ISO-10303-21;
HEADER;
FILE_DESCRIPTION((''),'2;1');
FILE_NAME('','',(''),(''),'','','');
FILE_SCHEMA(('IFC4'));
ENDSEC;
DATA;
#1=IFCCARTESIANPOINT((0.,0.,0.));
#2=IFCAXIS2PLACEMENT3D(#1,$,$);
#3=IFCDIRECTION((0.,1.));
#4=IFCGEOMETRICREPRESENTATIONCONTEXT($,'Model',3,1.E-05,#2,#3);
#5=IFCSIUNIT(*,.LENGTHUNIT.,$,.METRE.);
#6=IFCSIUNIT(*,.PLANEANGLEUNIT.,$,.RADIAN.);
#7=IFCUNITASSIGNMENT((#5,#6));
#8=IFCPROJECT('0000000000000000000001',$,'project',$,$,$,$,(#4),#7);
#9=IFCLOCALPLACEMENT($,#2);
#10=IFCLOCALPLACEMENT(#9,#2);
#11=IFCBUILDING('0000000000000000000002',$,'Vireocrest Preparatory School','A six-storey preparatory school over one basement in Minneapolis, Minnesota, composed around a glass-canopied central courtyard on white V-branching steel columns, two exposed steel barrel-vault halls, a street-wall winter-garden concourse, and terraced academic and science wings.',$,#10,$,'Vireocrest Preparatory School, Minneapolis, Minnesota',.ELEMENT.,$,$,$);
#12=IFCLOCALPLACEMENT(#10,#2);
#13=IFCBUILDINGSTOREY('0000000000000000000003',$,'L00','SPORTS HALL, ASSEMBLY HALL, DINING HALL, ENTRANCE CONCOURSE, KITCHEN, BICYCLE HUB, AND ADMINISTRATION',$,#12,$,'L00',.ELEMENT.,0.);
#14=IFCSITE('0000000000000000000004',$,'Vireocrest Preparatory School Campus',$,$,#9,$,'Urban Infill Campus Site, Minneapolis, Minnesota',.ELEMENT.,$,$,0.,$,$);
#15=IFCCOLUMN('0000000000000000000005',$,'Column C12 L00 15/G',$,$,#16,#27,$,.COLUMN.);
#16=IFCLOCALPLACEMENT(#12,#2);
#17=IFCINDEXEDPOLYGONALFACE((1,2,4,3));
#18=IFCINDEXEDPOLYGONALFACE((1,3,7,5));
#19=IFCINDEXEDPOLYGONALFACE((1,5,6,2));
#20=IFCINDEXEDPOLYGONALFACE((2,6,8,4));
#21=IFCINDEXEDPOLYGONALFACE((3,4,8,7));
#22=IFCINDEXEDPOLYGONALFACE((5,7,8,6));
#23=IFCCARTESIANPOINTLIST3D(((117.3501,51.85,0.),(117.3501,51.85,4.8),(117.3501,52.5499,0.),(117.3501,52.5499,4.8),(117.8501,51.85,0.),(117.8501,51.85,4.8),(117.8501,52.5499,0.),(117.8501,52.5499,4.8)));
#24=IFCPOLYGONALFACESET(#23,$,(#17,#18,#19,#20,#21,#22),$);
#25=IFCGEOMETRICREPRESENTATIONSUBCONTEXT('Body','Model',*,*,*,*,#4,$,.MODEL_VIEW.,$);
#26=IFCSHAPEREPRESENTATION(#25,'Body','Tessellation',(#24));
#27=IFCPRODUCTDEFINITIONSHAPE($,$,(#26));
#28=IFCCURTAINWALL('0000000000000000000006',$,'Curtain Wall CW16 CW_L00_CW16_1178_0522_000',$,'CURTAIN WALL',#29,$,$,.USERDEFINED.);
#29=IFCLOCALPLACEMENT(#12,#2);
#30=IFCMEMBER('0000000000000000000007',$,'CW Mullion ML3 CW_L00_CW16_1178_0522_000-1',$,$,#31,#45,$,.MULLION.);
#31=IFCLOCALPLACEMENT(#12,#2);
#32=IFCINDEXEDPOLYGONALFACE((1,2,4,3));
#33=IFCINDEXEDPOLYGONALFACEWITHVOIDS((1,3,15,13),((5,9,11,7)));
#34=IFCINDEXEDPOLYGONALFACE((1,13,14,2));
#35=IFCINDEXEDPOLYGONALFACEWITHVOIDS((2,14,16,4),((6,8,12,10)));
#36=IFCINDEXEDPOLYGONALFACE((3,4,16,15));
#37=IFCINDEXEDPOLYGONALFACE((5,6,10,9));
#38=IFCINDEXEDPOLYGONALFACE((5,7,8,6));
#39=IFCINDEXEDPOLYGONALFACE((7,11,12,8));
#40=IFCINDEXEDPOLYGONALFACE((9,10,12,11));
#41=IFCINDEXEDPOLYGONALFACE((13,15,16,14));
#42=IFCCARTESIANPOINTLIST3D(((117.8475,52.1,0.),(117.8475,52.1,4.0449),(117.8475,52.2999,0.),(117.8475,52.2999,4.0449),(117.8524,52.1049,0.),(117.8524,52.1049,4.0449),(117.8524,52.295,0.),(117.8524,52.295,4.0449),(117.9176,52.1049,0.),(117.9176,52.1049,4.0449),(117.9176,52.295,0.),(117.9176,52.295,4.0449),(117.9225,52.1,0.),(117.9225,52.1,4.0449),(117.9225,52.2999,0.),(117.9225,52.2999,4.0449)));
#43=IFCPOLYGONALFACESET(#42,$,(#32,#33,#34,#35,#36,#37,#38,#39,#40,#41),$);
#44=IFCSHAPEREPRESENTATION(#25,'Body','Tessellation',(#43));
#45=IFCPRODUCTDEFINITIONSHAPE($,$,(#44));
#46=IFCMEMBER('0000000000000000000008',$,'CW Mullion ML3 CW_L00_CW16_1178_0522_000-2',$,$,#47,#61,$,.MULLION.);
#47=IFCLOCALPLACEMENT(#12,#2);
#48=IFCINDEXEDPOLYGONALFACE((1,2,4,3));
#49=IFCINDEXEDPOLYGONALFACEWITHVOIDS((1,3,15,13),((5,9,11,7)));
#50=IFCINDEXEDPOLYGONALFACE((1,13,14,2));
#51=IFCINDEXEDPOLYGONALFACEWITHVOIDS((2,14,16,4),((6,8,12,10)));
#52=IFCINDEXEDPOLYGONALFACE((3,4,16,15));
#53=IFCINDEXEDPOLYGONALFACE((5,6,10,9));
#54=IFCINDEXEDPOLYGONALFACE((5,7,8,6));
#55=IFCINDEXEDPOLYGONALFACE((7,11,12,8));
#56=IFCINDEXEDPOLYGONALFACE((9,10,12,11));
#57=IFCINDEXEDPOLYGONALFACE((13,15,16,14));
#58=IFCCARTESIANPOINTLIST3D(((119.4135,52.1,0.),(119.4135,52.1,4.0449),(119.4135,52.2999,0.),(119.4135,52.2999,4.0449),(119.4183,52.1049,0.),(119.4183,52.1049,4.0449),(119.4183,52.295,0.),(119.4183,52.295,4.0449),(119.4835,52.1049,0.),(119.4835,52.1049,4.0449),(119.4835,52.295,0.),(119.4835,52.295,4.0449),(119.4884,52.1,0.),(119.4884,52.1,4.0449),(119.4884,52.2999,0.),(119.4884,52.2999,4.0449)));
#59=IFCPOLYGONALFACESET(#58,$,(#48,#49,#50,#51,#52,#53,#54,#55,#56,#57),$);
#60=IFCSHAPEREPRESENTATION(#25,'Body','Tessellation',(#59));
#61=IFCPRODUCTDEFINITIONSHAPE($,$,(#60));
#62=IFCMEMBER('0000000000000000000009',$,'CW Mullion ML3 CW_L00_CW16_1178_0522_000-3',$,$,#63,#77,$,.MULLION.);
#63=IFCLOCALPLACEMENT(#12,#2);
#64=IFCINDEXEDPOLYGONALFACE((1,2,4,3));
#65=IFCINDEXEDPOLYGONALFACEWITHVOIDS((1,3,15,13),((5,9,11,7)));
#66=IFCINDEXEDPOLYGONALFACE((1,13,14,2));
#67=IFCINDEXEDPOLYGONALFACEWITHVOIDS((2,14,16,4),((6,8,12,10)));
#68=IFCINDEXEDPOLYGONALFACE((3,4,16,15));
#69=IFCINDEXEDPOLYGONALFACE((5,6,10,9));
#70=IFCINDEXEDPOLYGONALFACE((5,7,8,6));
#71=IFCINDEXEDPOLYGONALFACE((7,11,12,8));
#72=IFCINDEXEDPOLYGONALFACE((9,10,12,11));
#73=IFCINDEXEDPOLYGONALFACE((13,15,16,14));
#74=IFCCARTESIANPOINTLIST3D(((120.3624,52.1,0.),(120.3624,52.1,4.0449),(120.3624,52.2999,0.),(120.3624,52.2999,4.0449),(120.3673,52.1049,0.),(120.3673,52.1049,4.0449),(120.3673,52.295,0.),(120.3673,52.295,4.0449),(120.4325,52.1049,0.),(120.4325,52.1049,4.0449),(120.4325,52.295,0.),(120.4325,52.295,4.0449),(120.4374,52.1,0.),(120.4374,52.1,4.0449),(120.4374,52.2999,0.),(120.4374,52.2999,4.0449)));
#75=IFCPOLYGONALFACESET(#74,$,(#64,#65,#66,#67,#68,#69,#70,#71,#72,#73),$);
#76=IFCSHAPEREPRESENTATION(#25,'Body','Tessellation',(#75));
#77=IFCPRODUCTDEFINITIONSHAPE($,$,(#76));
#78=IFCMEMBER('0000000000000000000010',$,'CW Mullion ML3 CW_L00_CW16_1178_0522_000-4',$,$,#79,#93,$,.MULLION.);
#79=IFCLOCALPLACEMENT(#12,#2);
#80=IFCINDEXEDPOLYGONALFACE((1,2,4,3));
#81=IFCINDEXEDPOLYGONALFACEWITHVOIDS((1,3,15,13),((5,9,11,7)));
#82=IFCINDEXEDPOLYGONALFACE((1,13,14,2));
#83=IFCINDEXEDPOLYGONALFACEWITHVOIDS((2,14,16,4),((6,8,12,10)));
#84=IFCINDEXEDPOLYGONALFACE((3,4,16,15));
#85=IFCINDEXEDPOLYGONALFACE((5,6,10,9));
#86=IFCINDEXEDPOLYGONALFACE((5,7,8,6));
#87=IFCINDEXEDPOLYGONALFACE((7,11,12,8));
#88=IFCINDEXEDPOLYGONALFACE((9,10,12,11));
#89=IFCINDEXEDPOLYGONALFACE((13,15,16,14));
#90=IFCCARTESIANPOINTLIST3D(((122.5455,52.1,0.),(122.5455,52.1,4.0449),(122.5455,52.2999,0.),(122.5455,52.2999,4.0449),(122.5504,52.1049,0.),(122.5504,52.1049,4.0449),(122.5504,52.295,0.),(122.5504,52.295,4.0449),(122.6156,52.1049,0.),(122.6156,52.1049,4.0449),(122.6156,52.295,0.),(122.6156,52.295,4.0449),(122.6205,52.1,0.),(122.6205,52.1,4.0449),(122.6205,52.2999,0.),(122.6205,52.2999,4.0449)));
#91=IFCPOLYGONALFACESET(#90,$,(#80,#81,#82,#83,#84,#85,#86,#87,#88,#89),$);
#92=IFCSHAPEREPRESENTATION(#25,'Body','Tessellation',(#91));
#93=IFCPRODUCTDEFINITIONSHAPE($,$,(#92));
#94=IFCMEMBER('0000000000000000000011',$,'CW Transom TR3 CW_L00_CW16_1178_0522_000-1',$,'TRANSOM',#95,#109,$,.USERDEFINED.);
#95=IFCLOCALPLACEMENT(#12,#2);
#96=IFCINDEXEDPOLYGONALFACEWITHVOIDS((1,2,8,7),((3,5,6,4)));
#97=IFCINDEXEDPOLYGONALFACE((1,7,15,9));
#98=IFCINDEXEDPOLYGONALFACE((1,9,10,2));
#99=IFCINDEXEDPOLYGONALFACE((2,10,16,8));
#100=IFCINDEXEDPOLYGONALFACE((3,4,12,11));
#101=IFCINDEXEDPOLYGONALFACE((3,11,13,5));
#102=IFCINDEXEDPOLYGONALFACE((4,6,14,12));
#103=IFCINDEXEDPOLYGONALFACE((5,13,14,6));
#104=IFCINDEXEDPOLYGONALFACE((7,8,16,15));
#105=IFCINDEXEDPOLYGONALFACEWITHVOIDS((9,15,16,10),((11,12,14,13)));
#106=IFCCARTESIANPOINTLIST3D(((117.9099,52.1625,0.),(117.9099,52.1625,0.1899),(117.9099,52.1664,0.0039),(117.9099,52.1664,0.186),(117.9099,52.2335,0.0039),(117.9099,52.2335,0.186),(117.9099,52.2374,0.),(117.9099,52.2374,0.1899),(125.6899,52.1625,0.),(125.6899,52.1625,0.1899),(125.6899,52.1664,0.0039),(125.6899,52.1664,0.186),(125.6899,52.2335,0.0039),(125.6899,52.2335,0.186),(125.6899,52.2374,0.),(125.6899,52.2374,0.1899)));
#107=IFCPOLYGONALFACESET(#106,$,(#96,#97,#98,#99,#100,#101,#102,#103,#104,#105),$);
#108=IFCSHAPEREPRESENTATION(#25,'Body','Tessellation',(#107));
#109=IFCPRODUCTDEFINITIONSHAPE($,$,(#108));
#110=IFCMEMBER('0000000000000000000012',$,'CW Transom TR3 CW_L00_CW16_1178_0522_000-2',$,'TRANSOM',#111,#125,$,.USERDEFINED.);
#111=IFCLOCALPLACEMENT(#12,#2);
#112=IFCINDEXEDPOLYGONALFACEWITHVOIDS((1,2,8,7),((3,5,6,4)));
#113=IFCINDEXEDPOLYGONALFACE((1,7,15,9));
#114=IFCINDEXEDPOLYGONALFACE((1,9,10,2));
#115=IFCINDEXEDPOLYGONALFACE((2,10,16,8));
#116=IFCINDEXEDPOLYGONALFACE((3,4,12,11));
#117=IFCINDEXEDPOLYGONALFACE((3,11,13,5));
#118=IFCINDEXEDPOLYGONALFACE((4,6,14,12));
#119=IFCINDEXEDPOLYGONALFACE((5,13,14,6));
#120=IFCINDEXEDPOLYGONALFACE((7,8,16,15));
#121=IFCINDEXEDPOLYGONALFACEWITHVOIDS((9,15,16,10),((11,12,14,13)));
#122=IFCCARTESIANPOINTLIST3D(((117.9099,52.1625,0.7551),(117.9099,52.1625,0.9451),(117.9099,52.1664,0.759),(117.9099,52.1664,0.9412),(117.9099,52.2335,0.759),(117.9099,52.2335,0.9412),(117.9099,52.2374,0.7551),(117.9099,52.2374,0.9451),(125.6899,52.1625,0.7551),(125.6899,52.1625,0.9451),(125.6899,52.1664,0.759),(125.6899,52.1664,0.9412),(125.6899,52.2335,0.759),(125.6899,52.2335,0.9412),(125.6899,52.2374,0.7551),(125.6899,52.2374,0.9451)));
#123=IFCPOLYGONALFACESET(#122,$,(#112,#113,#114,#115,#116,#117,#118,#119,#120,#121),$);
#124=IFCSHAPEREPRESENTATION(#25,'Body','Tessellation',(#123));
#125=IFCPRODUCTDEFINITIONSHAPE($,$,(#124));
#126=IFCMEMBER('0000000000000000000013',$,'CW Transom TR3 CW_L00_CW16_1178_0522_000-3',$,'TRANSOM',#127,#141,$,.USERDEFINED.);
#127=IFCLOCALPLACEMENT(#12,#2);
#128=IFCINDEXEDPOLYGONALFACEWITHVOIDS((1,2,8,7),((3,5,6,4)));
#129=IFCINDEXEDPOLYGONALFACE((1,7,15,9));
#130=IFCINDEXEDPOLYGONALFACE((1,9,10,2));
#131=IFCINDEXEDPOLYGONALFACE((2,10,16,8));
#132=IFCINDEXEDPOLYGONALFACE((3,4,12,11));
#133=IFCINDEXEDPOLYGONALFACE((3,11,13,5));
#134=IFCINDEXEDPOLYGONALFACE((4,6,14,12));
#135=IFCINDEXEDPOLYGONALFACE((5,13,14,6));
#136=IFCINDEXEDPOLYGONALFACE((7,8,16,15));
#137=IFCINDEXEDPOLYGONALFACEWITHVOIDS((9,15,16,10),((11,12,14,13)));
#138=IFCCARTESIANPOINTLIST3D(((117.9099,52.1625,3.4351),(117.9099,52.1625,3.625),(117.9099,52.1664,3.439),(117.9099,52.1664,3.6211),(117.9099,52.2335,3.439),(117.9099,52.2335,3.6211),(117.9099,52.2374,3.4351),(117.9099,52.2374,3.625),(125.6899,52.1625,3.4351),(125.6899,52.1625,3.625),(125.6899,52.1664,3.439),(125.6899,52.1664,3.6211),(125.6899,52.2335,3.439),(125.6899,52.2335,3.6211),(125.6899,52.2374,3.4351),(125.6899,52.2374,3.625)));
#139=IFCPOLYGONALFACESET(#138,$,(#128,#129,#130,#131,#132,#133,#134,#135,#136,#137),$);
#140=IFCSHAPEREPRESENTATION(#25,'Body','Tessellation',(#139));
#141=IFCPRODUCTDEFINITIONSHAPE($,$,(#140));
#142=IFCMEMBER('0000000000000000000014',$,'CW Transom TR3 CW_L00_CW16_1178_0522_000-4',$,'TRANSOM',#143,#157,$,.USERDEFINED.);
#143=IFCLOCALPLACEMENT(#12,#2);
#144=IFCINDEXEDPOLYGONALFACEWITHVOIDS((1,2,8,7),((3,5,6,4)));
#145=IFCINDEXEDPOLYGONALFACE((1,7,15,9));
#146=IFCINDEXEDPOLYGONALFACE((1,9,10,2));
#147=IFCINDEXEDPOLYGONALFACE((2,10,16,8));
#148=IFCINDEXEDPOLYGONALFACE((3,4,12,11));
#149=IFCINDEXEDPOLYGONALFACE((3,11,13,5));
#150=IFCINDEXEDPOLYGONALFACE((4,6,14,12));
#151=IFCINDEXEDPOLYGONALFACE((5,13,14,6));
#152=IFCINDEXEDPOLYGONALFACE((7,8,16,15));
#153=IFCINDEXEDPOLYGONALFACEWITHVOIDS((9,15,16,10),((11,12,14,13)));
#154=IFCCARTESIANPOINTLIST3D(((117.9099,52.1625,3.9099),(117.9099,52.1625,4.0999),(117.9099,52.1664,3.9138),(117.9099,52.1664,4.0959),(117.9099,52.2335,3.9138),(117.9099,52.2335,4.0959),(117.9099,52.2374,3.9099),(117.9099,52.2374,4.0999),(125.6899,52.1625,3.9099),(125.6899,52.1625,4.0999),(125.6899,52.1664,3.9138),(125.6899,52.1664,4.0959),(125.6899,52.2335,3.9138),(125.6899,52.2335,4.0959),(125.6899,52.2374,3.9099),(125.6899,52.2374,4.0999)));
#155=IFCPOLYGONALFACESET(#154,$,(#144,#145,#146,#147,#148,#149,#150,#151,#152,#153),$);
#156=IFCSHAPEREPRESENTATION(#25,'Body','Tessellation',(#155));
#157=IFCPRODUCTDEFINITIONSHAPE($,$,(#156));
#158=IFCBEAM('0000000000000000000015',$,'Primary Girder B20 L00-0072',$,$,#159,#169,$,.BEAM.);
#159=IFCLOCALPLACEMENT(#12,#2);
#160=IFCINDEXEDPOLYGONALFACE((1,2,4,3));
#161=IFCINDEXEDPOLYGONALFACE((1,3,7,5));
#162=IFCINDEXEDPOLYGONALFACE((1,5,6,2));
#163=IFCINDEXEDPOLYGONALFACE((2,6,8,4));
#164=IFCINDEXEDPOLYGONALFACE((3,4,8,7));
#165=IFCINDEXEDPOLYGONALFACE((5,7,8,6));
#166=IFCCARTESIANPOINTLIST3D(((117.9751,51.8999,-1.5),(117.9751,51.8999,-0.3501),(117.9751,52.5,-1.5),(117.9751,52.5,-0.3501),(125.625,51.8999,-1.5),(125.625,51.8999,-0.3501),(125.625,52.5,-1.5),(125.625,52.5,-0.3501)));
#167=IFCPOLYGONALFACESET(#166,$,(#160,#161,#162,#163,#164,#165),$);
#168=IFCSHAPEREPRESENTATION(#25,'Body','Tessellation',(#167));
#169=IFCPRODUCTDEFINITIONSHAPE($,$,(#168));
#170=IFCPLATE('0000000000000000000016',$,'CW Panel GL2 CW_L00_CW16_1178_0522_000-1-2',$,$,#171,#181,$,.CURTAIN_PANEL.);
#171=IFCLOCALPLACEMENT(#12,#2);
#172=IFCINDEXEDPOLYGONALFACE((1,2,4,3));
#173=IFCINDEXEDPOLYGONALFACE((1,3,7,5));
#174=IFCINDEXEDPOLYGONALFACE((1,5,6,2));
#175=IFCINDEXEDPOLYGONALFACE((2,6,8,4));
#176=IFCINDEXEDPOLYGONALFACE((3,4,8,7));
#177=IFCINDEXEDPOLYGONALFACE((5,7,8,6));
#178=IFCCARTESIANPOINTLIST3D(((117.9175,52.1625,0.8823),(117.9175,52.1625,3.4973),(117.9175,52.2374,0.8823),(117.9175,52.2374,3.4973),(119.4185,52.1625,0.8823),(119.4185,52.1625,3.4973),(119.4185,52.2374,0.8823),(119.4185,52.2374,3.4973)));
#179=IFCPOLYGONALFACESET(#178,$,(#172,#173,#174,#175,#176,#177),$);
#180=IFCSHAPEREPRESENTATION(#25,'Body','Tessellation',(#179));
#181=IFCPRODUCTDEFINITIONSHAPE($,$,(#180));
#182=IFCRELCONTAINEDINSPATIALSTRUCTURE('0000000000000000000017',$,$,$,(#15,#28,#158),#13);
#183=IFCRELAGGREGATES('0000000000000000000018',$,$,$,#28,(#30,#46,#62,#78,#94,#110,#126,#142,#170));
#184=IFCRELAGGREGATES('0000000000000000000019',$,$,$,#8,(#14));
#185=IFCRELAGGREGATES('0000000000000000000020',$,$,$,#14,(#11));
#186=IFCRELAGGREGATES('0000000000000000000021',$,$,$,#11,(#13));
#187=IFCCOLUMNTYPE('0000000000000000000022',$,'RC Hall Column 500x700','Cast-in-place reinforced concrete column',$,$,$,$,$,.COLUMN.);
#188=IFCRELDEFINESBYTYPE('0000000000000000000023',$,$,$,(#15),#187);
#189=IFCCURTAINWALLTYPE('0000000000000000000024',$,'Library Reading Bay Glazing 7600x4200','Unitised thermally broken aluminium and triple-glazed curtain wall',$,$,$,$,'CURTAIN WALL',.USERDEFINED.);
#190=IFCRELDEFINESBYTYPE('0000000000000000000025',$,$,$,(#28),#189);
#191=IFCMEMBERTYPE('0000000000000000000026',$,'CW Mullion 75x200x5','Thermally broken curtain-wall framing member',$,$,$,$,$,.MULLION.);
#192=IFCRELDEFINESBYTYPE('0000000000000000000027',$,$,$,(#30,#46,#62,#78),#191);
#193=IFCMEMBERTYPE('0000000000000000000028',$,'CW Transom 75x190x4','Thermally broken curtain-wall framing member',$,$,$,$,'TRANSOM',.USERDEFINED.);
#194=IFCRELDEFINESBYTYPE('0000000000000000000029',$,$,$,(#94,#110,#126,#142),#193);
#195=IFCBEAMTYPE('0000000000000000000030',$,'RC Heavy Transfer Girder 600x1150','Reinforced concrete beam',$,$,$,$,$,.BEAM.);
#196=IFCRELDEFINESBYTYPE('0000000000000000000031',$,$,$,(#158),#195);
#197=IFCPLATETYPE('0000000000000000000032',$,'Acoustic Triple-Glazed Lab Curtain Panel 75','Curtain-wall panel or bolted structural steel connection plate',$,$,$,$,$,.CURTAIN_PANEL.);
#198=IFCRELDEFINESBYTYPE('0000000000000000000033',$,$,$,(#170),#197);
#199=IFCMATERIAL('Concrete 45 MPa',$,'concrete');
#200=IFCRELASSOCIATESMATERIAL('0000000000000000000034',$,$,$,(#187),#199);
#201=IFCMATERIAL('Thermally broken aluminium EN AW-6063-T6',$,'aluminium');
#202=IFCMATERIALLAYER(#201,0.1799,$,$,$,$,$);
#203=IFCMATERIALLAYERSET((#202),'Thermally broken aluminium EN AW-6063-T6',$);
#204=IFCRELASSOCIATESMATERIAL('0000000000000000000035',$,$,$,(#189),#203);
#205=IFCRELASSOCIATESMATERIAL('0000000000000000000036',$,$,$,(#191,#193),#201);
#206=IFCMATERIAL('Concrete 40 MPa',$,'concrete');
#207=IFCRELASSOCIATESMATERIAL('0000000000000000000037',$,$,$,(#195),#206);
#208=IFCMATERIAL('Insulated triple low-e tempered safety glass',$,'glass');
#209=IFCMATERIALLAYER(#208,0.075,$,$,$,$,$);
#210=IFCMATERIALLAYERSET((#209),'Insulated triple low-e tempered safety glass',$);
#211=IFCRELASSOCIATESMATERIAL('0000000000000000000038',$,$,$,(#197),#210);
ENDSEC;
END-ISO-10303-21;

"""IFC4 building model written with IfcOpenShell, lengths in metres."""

from ifc_helpers import new_model, si_unit, direction, frame, origin, origin_2d, place, context, subcontext, project, spatial, rectangle, hollow_rectangle, extrude, material, layer, layer_set, material_profile, profile_set, type_object, element, aggregate, save


model = new_model("IFC4")

# Units and contexts
model_context = context("Model", 3, precision=1e-05, world=origin(), true_north=direction((0.0, 1.0)))
body_context = subcontext(model_context, "Body", "Model", "MODEL_VIEW")
ifc_project = project(units=[si_unit("LENGTHUNIT", "METRE"), si_unit("PLANEANGLEUNIT", "RADIAN")], contexts=[model_context])

# Site, building, storey
site_placement = place(None, origin())
site = spatial("IfcSite", under=ifc_project, at=site_placement, Name="Vireocrest Preparatory School Campus", LongName="Urban Infill Campus Site, Minneapolis, Minnesota", CompositionType="ELEMENT", RefElevation=0.0)
building_placement = place(site_placement, origin())
building = spatial("IfcBuilding", under=site, at=building_placement, Name="Vireocrest Preparatory School", Description="A six-storey preparatory school over one basement in Minneapolis, Minnesota, composed around a glass-canopied central courtyard on white V-branching steel columns, two exposed steel barrel-vault halls, a street-wall winter-garden concourse, and terraced academic and science wings.", LongName="Vireocrest Preparatory School, Minneapolis, Minnesota", CompositionType="ELEMENT")
storey_placement = place(building_placement, origin())
storey = spatial("IfcBuildingStorey", under=building, at=storey_placement, Name="L00", Description="SPORTS HALL, ASSEMBLY HALL, DINING HALL, ENTRANCE CONCOURSE, KITCHEN, BICYCLE HUB, AND ADMINISTRATION", LongName="L00", CompositionType="ELEMENT", Elevation=0.0)

# Column
ifc_material_1 = material(Name="Concrete 45 MPa", Category="concrete")
ifc_material_profile_1 = material_profile(ifc_material_1, rectangle(XDim=0.5, YDim=0.7, at=origin_2d()), Name="RC 500x700")
ifc_profile_set_1 = profile_set([ifc_material_profile_1], Name="Concrete 45 MPa")
column_type = type_object("IfcColumnType", Name="RC Hall Column 500x700", Description="Cast-in-place reinforced concrete column", PredefinedType="COLUMN", material=ifc_profile_set_1)
column_placement = place(storey_placement, frame((117.6001, 52.2, 0.0), z_axis=(0.0, 0.0, 1.0), x_axis=(1.0, 0.0, 0.0)))
element("IfcColumn", 1, at=column_placement, inside=storey, type_object=column_type, Name="Column C12 L00 15/G", PredefinedType="COLUMN", context=body_context, shape_type="SweptSolid", body=[
    extrude(rectangle(XDim=0.5, YDim=0.7, at=origin_2d()), origin(), (0.0, 0.0, 1.0), 4.8),
])

# Curtain wall, members
ifc_material_2 = material(Name="Thermally broken aluminium EN AW-6063-T6", Category="aluminium")
ifc_layer_1 = layer(ifc_material_2, 0.1799)
ifc_layer_set_1 = layer_set([ifc_layer_1], Name="Thermally broken aluminium EN AW-6063-T6")
curtain_wall_type = type_object("IfcCurtainWallType", Name="Library Reading Bay Glazing 7600x4200", Description="Unitised thermally broken aluminium and triple-glazed curtain wall", ElementType="CURTAIN WALL", PredefinedType="USERDEFINED", material=ifc_layer_set_1)
curtain_wall_placement = place(storey_placement, origin())
curtain_wall = element("IfcCurtainWall", 2, at=curtain_wall_placement, inside=storey, type_object=curtain_wall_type, Name="Curtain Wall CW16 CW_L00_CW16_1178_0522_000", ObjectType="CURTAIN WALL", PredefinedType="USERDEFINED")
ifc_material_profile_2 = material_profile(ifc_material_2, hollow_rectangle(XDim=0.075, YDim=0.2, WallThickness=0.0049, at=origin_2d()), Name="ALU 75x200x5")
ifc_profile_set_2 = profile_set([ifc_material_profile_2], Name="Thermally broken aluminium EN AW-6063-T6")
member_type_1 = type_object("IfcMemberType", Name="CW Mullion 75x200x5", Description="Thermally broken curtain-wall framing member", PredefinedType="MULLION", material=ifc_profile_set_2)
member_1_placement = place(storey_placement, frame((117.885, 52.2, 0.0), z_axis=(0.0, 0.0, 1.0), x_axis=(1.0, 0.0, 0.0)))
member_1 = element("IfcMember", 3, at=member_1_placement, type_object=member_type_1, Name="CW Mullion ML3 CW_L00_CW16_1178_0522_000-1", PredefinedType="MULLION", context=body_context, shape_type="SweptSolid", body=[
    extrude(hollow_rectangle(XDim=0.075, YDim=0.2, WallThickness=0.0049, at=origin_2d()), origin(), (0.0, 0.0, 1.0), 4.0449),
])
member_2_placement = place(storey_placement, frame((119.4509, 52.2, 0.0), z_axis=(0.0, 0.0, 1.0), x_axis=(1.0, 0.0, 0.0)))
member_2 = element("IfcMember", 4, at=member_2_placement, type_object=member_type_1, Name="CW Mullion ML3 CW_L00_CW16_1178_0522_000-2", PredefinedType="MULLION", context=body_context, shape_type="SweptSolid", body=[
    extrude(hollow_rectangle(XDim=0.075, YDim=0.2, WallThickness=0.0049, at=origin_2d()), origin(), (0.0, 0.0, 1.0), 4.0449),
])
member_3_placement = place(storey_placement, frame((120.3999, 52.2, 0.0), z_axis=(0.0, 0.0, 1.0), x_axis=(1.0, 0.0, 0.0)))
member_3 = element("IfcMember", 5, at=member_3_placement, type_object=member_type_1, Name="CW Mullion ML3 CW_L00_CW16_1178_0522_000-3", PredefinedType="MULLION", context=body_context, shape_type="SweptSolid", body=[
    extrude(hollow_rectangle(XDim=0.075, YDim=0.2, WallThickness=0.0049, at=origin_2d()), origin(), (0.0, 0.0, 1.0), 4.0449),
])
member_4_placement = place(storey_placement, frame((122.583, 52.2, 0.0), z_axis=(0.0, 0.0, 1.0), x_axis=(1.0, 0.0, 0.0)))
member_4 = element("IfcMember", 6, at=member_4_placement, type_object=member_type_1, Name="CW Mullion ML3 CW_L00_CW16_1178_0522_000-4", PredefinedType="MULLION", context=body_context, shape_type="SweptSolid", body=[
    extrude(hollow_rectangle(XDim=0.075, YDim=0.2, WallThickness=0.0049, at=origin_2d()), origin(), (0.0, 0.0, 1.0), 4.0449),
])
ifc_material_profile_3 = material_profile(ifc_material_2, hollow_rectangle(XDim=0.075, YDim=0.1899, WallThickness=0.0039, at=origin_2d()), Name="ALU 75x190x4")
ifc_profile_set_3 = profile_set([ifc_material_profile_3], Name="Thermally broken aluminium EN AW-6063-T6")
member_type_2 = type_object("IfcMemberType", Name="CW Transom 75x190x4", Description="Thermally broken curtain-wall framing member", ElementType="TRANSOM", PredefinedType="USERDEFINED", material=ifc_profile_set_3)
member_5_placement = place(storey_placement, frame((117.9099, 52.2, 0.095), z_axis=(1.0, 0.0, 0.0), x_axis=(0.0, 1.0, 0.0)))
member_5 = element("IfcMember", 7, at=member_5_placement, type_object=member_type_2, Name="CW Transom TR3 CW_L00_CW16_1178_0522_000-1", ObjectType="TRANSOM", PredefinedType="USERDEFINED", context=body_context, shape_type="SweptSolid", body=[
    extrude(hollow_rectangle(XDim=0.075, YDim=0.1899, WallThickness=0.0039, at=origin_2d()), origin(), (0.0, 0.0, 1.0), 7.78),
])
member_6_placement = place(storey_placement, frame((117.9099, 52.2, 0.8501), z_axis=(1.0, 0.0, 0.0), x_axis=(0.0, 1.0, 0.0)))
member_6 = element("IfcMember", 8, at=member_6_placement, type_object=member_type_2, Name="CW Transom TR3 CW_L00_CW16_1178_0522_000-2", ObjectType="TRANSOM", PredefinedType="USERDEFINED", context=body_context, shape_type="SweptSolid", body=[
    extrude(hollow_rectangle(XDim=0.075, YDim=0.1899, WallThickness=0.0039, at=origin_2d()), origin(), (0.0, 0.0, 1.0), 7.78),
])
member_7_placement = place(storey_placement, frame((117.9099, 52.2, 3.53), z_axis=(1.0, 0.0, 0.0), x_axis=(0.0, 1.0, 0.0)))
member_7 = element("IfcMember", 9, at=member_7_placement, type_object=member_type_2, Name="CW Transom TR3 CW_L00_CW16_1178_0522_000-3", ObjectType="TRANSOM", PredefinedType="USERDEFINED", context=body_context, shape_type="SweptSolid", body=[
    extrude(hollow_rectangle(XDim=0.075, YDim=0.1899, WallThickness=0.0039, at=origin_2d()), origin(), (0.0, 0.0, 1.0), 7.78),
])
member_8_placement = place(storey_placement, frame((117.9099, 52.2, 4.0049), z_axis=(1.0, 0.0, 0.0), x_axis=(0.0, 1.0, 0.0)))
member_8 = element("IfcMember", 10, at=member_8_placement, type_object=member_type_2, Name="CW Transom TR3 CW_L00_CW16_1178_0522_000-4", ObjectType="TRANSOM", PredefinedType="USERDEFINED", context=body_context, shape_type="SweptSolid", body=[
    extrude(hollow_rectangle(XDim=0.075, YDim=0.1899, WallThickness=0.0039, at=origin_2d()), origin(), (0.0, 0.0, 1.0), 7.78),
])

# Beam
ifc_material_3 = material(Name="Concrete 40 MPa", Category="concrete")
ifc_material_profile_4 = material_profile(ifc_material_3, rectangle(XDim=0.6001, YDim=1.1499, at=origin_2d()), Name="RC 600x1150")
ifc_profile_set_4 = profile_set([ifc_material_profile_4], Name="Concrete 40 MPa")
beam_type = type_object("IfcBeamType", Name="RC Heavy Transfer Girder 600x1150", Description="Reinforced concrete beam", PredefinedType="BEAM", material=ifc_profile_set_4)
beam_placement = place(storey_placement, frame((117.9751, 52.2, -0.925), z_axis=(1.0, 0.0, 0.0), x_axis=(0.0, 1.0, 0.0)))
element("IfcBeam", 11, at=beam_placement, inside=storey, type_object=beam_type, Name="Primary Girder B20 L00-0072", PredefinedType="BEAM", context=body_context, shape_type="SweptSolid", body=[
    extrude(rectangle(XDim=0.6001, YDim=1.1499, at=origin_2d()), origin(), (0.0, 0.0, 1.0), 7.6499),
])

# Plate
ifc_material_4 = material(Name="Insulated triple low-e tempered safety glass", Category="glass")
ifc_layer_2 = layer(ifc_material_4, 0.075)
ifc_layer_set_2 = layer_set([ifc_layer_2], Name="Insulated triple low-e tempered safety glass")
plate_type_1 = type_object("IfcPlateType", Name="Acoustic Triple-Glazed Lab Curtain Panel 75", Description="Curtain-wall panel or bolted structural steel connection plate", PredefinedType="CURTAIN_PANEL", material=ifc_layer_set_2)
plate_1_placement = place(storey_placement, frame((118.668, 52.2, 0.8823), z_axis=(0.0, 0.0, 1.0), x_axis=(1.0, 0.0, 0.0)))
plate_1 = element("IfcPlate", 12, at=plate_1_placement, type_object=plate_type_1, Name="CW Panel GL2 CW_L00_CW16_1178_0522_000-1-2", PredefinedType="CURTAIN_PANEL", context=body_context, shape_type="SweptSolid", body=[
    extrude(rectangle(XDim=1.501, YDim=0.075, at=origin_2d()), origin(), (0.0, 0.0, 1.0), 2.615),
])
aggregate(curtain_wall, [member_1, member_2, member_3, member_4, member_5, member_6, member_7, member_8, plate_1])

save(model, "model.ifc")
